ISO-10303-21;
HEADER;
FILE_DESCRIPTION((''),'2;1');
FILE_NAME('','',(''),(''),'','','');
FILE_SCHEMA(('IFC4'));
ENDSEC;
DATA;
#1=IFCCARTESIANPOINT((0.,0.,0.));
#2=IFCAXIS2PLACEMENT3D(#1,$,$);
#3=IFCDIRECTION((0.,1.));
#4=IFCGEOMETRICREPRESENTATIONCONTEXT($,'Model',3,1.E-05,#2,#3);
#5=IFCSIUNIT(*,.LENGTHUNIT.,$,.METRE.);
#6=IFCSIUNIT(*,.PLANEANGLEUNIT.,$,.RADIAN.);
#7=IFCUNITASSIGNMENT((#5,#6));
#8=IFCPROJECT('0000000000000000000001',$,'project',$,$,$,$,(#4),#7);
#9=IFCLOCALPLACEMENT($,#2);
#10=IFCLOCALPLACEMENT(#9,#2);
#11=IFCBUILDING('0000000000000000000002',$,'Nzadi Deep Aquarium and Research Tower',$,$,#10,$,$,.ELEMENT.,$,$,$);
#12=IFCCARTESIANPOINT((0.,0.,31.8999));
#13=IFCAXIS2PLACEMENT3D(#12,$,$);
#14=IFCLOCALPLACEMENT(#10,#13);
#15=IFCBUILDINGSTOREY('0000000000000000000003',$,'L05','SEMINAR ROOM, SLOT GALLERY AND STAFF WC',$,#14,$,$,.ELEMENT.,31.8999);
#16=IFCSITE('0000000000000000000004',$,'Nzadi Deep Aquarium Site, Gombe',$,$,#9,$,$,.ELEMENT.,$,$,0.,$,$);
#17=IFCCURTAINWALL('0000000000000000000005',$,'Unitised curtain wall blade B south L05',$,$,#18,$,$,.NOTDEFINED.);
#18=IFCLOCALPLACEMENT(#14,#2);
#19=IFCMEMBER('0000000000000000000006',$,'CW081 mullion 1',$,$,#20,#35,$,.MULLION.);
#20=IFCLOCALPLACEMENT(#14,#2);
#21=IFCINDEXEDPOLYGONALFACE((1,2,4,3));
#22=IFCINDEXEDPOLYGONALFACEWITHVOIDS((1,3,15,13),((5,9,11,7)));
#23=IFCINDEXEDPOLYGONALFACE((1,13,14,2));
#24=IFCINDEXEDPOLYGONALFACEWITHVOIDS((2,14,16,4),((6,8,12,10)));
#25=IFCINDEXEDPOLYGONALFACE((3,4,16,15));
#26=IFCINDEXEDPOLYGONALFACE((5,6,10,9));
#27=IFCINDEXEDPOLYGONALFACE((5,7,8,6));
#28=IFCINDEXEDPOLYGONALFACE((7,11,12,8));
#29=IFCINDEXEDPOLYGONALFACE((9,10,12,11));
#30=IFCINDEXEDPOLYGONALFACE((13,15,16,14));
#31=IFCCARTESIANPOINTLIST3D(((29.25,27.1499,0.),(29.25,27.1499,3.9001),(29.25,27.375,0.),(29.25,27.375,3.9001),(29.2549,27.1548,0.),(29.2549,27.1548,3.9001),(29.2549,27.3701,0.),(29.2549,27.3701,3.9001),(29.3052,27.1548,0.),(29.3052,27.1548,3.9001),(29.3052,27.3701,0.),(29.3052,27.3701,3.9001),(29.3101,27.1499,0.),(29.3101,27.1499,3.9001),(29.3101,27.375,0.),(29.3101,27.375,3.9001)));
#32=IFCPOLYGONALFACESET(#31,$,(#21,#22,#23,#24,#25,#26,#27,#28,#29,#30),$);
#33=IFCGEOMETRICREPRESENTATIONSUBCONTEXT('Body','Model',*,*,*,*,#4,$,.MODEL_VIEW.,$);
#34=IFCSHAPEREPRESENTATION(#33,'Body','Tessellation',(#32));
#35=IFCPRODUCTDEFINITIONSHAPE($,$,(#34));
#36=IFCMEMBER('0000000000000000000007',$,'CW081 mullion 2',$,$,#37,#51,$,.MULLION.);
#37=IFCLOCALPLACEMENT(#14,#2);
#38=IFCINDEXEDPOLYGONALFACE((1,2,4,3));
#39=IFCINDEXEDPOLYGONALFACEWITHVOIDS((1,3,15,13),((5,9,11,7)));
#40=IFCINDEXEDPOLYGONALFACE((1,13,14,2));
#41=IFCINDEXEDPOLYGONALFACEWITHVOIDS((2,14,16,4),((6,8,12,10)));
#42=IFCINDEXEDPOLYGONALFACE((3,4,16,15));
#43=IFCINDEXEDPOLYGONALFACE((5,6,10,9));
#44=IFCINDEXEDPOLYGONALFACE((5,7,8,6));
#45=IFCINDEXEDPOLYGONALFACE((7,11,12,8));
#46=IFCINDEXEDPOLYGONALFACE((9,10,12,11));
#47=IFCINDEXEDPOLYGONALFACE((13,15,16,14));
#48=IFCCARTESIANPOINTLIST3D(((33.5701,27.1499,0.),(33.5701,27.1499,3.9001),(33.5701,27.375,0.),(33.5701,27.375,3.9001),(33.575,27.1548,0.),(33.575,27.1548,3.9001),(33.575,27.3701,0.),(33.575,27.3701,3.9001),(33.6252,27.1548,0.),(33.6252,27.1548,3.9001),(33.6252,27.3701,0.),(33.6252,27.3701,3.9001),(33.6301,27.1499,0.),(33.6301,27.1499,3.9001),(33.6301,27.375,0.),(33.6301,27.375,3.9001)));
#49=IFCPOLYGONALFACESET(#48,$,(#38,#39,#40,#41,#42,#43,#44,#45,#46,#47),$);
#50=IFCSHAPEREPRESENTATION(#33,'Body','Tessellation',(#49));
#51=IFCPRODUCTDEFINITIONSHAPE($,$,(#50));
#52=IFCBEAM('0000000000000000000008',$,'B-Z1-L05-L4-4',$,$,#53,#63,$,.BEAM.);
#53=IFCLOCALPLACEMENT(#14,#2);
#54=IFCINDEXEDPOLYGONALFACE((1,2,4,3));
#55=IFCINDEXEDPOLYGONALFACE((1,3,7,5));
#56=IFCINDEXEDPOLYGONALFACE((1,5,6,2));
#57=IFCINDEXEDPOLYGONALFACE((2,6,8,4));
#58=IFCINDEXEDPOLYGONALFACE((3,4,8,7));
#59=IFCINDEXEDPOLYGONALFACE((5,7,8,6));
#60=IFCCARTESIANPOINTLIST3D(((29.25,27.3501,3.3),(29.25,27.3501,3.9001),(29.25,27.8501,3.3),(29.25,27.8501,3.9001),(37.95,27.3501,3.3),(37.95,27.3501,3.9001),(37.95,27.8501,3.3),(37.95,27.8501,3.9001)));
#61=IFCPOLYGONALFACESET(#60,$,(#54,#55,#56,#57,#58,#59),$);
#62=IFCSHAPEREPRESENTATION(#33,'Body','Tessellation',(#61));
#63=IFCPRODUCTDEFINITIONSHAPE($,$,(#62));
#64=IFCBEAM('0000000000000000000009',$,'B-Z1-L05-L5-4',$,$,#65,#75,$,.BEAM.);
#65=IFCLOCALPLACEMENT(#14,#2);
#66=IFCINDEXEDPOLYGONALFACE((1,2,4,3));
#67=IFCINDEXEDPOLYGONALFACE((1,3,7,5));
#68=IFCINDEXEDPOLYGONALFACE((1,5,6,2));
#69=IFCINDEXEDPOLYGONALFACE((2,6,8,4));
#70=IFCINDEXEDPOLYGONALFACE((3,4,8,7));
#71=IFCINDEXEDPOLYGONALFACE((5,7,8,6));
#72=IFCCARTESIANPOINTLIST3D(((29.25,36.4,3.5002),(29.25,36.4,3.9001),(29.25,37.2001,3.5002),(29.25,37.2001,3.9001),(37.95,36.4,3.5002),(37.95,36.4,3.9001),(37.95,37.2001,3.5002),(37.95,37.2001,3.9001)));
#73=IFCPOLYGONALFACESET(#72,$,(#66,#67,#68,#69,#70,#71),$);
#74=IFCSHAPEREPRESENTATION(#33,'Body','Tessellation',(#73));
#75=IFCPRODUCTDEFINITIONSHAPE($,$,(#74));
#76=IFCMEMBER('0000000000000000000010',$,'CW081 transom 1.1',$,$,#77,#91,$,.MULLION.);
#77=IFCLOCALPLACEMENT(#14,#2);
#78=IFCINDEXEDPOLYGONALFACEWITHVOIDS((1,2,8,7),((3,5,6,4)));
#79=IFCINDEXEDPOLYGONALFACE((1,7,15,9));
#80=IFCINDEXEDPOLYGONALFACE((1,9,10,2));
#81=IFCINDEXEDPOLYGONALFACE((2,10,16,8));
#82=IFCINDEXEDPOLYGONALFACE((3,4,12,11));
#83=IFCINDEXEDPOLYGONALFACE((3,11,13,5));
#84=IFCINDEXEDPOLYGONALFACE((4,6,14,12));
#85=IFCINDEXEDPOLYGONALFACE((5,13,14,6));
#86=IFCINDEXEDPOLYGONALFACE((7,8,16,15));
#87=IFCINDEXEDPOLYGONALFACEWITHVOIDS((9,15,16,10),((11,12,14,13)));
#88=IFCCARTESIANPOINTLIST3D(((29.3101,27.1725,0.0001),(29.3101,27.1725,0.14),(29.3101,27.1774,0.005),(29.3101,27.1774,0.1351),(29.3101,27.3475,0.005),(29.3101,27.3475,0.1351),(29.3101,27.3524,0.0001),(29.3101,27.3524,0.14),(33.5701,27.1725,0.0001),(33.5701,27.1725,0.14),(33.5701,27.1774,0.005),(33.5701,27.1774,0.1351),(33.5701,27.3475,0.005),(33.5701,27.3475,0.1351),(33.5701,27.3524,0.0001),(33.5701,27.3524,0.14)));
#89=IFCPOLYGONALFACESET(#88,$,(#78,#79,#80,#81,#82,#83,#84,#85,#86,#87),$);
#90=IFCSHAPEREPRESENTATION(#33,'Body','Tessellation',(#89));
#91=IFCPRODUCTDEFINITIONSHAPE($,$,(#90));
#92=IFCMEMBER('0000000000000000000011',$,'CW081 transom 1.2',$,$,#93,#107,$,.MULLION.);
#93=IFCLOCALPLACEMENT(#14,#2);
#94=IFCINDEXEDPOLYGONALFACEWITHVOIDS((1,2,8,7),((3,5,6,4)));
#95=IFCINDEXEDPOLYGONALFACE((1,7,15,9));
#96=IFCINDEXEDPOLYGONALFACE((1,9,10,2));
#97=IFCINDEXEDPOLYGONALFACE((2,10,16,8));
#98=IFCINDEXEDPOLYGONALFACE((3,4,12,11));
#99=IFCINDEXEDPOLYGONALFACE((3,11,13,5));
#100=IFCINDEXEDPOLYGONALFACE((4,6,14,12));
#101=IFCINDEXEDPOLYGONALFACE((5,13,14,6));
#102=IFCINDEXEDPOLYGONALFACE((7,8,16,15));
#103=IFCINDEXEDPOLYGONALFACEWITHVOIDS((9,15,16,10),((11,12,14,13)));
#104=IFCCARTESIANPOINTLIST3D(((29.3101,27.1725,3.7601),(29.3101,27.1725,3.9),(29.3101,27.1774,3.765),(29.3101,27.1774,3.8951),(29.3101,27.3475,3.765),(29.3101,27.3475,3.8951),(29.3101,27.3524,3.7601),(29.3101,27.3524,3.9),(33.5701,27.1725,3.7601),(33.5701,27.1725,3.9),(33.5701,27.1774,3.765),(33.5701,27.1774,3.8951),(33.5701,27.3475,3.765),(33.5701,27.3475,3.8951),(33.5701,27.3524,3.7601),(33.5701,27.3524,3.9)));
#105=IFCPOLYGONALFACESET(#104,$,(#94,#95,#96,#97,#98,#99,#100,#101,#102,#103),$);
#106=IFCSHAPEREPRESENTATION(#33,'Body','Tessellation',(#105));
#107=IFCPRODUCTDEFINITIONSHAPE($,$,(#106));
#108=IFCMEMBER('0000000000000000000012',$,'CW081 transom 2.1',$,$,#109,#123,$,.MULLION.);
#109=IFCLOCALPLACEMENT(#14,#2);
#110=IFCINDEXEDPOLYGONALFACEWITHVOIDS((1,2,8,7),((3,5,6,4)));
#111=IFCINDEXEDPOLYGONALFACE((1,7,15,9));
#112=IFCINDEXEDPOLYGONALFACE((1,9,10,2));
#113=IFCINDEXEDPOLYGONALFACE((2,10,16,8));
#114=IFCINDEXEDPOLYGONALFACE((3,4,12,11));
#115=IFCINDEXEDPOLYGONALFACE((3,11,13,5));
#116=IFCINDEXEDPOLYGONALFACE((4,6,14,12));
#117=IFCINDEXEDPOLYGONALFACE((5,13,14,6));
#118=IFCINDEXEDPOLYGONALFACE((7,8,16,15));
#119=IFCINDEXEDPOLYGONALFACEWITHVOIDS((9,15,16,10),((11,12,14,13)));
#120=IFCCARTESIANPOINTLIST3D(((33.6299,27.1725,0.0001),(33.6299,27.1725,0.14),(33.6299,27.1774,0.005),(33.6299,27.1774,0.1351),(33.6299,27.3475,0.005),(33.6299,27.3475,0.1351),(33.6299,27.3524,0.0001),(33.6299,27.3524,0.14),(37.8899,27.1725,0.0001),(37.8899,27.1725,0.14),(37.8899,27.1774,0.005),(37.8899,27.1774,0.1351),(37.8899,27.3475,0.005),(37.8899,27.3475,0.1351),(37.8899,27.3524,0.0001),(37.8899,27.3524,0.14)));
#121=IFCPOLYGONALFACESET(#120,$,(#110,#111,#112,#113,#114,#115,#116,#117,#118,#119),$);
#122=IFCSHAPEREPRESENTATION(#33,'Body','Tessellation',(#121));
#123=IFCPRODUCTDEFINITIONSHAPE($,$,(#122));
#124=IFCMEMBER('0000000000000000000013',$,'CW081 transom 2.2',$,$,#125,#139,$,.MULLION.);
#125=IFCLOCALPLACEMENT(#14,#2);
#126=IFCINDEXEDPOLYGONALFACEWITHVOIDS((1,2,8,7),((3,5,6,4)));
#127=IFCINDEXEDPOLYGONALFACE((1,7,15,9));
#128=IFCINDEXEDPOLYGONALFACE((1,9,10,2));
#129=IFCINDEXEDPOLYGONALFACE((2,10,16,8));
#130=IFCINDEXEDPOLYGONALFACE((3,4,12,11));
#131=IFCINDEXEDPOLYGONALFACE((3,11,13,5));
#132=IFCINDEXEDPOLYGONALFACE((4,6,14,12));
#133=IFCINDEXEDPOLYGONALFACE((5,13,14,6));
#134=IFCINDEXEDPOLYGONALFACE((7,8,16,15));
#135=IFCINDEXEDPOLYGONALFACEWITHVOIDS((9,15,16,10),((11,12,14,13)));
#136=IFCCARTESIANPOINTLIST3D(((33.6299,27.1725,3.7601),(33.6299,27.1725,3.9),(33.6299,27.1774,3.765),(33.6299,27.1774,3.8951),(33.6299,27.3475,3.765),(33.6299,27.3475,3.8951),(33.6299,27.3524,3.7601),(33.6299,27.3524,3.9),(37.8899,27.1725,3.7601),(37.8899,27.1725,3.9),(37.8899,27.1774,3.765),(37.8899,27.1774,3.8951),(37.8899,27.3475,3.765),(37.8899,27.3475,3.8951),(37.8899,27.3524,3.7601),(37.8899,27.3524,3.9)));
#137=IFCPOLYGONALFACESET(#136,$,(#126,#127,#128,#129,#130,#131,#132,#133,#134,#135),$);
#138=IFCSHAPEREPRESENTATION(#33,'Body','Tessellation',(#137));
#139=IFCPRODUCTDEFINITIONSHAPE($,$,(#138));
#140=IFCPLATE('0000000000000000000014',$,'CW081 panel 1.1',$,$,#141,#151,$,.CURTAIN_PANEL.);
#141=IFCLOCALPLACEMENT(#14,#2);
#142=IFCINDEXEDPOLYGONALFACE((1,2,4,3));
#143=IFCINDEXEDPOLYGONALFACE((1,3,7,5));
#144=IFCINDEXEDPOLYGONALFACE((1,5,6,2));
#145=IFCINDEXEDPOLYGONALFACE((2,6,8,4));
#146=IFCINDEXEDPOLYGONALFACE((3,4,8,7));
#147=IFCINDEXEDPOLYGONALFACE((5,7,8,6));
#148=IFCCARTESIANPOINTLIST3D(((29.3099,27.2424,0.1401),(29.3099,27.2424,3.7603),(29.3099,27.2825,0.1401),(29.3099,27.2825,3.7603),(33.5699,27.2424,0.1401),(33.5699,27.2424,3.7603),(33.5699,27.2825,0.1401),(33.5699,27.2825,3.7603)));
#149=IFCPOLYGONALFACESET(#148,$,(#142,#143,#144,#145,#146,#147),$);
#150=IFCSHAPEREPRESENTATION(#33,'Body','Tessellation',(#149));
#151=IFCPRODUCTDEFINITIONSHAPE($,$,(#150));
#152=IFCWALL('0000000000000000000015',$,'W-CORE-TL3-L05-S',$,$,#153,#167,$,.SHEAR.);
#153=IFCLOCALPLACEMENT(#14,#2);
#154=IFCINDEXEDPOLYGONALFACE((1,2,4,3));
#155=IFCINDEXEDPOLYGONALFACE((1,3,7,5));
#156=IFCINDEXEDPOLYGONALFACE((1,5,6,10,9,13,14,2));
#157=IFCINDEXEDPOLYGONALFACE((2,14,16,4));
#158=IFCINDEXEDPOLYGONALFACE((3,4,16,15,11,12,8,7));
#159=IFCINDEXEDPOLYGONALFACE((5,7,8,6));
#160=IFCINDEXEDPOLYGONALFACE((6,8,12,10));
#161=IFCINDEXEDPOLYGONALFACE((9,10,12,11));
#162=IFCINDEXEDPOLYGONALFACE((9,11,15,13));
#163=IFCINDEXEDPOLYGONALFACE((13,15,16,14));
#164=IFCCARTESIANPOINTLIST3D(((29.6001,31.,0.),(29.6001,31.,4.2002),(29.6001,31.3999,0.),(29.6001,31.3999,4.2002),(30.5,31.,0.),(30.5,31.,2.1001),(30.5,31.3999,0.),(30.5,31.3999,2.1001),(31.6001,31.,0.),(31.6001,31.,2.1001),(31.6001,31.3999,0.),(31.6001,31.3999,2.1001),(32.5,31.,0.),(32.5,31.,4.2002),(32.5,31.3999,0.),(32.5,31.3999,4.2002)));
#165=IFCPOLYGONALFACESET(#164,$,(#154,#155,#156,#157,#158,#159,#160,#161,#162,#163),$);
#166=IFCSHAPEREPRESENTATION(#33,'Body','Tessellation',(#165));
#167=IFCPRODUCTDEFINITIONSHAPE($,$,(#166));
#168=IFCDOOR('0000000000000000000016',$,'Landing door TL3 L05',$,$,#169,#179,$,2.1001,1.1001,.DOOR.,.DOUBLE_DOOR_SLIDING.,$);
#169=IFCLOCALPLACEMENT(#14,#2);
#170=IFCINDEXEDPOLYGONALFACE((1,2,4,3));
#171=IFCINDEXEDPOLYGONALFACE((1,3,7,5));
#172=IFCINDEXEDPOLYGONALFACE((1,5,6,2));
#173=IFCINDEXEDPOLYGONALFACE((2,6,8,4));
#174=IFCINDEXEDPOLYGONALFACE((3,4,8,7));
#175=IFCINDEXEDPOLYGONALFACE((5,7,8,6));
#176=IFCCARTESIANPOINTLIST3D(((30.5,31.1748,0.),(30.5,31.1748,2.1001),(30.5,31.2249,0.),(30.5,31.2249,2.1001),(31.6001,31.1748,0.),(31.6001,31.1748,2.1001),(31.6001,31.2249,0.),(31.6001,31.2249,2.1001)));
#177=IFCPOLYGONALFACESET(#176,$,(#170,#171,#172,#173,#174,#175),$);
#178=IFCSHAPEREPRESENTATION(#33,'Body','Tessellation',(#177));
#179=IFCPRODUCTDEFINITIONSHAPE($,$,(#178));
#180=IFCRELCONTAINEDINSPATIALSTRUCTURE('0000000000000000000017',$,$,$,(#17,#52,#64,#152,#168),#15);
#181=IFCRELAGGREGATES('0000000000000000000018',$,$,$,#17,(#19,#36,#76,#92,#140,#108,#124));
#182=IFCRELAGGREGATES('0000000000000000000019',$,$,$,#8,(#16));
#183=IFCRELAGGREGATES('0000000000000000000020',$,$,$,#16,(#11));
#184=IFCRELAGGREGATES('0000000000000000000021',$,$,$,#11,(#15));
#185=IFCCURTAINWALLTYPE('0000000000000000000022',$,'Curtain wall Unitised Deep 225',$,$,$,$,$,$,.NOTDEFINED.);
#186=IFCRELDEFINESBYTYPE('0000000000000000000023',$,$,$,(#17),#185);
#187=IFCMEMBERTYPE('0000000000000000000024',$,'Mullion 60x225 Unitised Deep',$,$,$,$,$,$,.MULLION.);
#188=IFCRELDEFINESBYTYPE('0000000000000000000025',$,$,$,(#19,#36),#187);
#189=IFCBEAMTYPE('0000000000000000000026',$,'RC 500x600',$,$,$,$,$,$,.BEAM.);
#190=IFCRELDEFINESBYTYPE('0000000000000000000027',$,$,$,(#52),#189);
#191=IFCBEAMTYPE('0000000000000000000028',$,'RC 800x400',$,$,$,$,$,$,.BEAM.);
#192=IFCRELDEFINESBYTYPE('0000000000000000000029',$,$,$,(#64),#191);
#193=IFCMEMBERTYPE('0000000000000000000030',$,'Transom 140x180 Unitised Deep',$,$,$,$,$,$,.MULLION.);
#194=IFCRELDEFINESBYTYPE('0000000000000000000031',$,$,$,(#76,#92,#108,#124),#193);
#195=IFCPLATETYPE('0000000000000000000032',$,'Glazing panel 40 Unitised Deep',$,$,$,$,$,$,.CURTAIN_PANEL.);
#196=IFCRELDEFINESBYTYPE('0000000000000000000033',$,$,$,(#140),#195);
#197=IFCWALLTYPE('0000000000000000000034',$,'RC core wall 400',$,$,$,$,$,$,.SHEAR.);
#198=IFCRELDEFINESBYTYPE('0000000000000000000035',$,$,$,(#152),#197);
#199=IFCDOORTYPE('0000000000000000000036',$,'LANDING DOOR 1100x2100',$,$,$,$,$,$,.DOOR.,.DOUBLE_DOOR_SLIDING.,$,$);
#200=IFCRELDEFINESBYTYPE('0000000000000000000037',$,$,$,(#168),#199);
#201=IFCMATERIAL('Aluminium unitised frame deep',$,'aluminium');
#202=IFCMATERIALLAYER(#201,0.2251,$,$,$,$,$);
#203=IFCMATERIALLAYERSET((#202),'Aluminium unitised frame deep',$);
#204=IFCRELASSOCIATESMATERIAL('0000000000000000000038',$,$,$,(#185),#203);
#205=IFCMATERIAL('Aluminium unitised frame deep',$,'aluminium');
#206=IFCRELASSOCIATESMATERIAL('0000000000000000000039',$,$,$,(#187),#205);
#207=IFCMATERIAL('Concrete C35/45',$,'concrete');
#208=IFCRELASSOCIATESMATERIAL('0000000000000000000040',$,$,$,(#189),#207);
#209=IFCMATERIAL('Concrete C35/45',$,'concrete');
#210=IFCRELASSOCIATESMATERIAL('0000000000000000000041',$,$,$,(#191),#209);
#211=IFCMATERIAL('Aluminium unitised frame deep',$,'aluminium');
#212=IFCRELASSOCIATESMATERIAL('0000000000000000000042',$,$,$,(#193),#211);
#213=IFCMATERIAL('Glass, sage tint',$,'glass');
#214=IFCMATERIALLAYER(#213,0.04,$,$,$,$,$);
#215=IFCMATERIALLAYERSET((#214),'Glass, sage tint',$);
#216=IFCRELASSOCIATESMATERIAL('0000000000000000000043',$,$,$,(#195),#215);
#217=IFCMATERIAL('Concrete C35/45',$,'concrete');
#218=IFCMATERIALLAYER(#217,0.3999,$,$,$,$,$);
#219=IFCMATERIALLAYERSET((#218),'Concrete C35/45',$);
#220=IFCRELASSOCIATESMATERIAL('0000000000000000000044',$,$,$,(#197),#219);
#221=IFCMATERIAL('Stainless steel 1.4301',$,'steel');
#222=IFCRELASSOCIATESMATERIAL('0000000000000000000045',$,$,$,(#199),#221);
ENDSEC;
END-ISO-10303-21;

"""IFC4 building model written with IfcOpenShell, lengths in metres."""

from ifc_helpers import new_model, si_unit, direction, frame, frame_2d, origin, origin_2d, place, context, subcontext, project, spatial, rectangle, hollow_rectangle, extrude, material, layer, layer_set, material_profile, profile_set, type_object, element, fill, aggregate, save


model = new_model("IFC4")

# Units and contexts
model_context = context("Model", 3, precision=1e-05, world=origin(), true_north=direction((0.0, 1.0)))
body_context = subcontext(model_context, "Body", "Model", "MODEL_VIEW")
ifc_project = project(units=[si_unit("LENGTHUNIT", "METRE"), si_unit("PLANEANGLEUNIT", "RADIAN")], contexts=[model_context])

# Site, building, storey
site_placement = place(None, origin())
site = spatial("IfcSite", under=ifc_project, at=site_placement, Name="Nzadi Deep Aquarium Site, Gombe", CompositionType="ELEMENT", RefElevation=0.0)
building_placement = place(site_placement, origin())
building = spatial("IfcBuilding", under=site, at=building_placement, Name="Nzadi Deep Aquarium and Research Tower", CompositionType="ELEMENT")
storey_placement = place(building_placement, frame((0.0, 0.0, 31.8999)))
storey = spatial("IfcBuildingStorey", under=building, at=storey_placement, Name="L05", Description="SEMINAR ROOM, SLOT GALLERY AND STAFF WC", CompositionType="ELEMENT", Elevation=31.8999)

# Curtain wall, members
ifc_material_1 = material(Name="Aluminium unitised frame deep", Category="aluminium")
ifc_layer_1 = layer(ifc_material_1, 0.2251)
ifc_layer_set_1 = layer_set([ifc_layer_1], Name="Aluminium unitised frame deep")
curtain_wall_type = type_object("IfcCurtainWallType", Name="Curtain wall Unitised Deep 225", PredefinedType="NOTDEFINED", material=ifc_layer_set_1)
curtain_wall_placement = place(storey_placement, origin())
curtain_wall = element("IfcCurtainWall", 1, at=curtain_wall_placement, inside=storey, type_object=curtain_wall_type, Name="Unitised curtain wall blade B south L05", PredefinedType="NOTDEFINED")
ifc_material_2 = material(Name="Aluminium unitised frame deep", Category="aluminium")
ifc_material_profile_1 = material_profile(ifc_material_2, hollow_rectangle(XDim=0.2251, YDim=0.0601, WallThickness=0.0049, at=origin_2d()))
ifc_profile_set_1 = profile_set([ifc_material_profile_1], Name="Aluminium unitised frame deep")
member_type_1 = type_object("IfcMemberType", Name="Mullion 60x225 Unitised Deep", PredefinedType="MULLION", material=ifc_profile_set_1)
member_1_placement = place(storey_placement, frame((29.28, 27.2625, 0.0), z_axis=(0.0, 0.0, 1.0), x_axis=(0.0, 1.0, 0.0)))
member_1 = element("IfcMember", 2, at=member_1_placement, type_object=member_type_1, Name="CW081 mullion 1", PredefinedType="MULLION", context=body_context, shape_type="SweptSolid", body=[
    extrude(hollow_rectangle(XDim=0.2251, YDim=0.0601, WallThickness=0.0049, at=origin_2d()), origin(), (0.0, 0.0, 1.0), 3.9001),
])
member_2_placement = place(storey_placement, frame((33.6001, 27.2625, 0.0), z_axis=(0.0, 0.0, 1.0), x_axis=(0.0, 1.0, 0.0)))
member_2 = element("IfcMember", 3, at=member_2_placement, type_object=member_type_1, Name="CW081 mullion 2", PredefinedType="MULLION", context=body_context, shape_type="SweptSolid", body=[
    extrude(hollow_rectangle(XDim=0.2251, YDim=0.0601, WallThickness=0.0049, at=origin_2d()), origin(), (0.0, 0.0, 1.0), 3.9001),
])

# Beams
ifc_material_3 = material(Name="Concrete C35/45", Category="concrete")
ifc_material_profile_2 = material_profile(ifc_material_3, rectangle(XDim=0.5, YDim=0.6001, at=origin_2d()))
ifc_profile_set_2 = profile_set([ifc_material_profile_2], Name="Concrete C35/45")
beam_type_1 = type_object("IfcBeamType", Name="RC 500x600", PredefinedType="BEAM", material=ifc_profile_set_2)
beam_1_placement = place(storey_placement, frame((29.25, 27.6001, 3.6001), z_axis=(1.0, 0.0, 0.0), x_axis=(0.0, 1.0, 0.0)))
element("IfcBeam", 4, at=beam_1_placement, inside=storey, type_object=beam_type_1, Name="B-Z1-L05-L4-4", PredefinedType="BEAM", context=body_context, shape_type="SweptSolid", body=[
    extrude(rectangle(XDim=0.5, YDim=0.6001, at=origin_2d()), origin(), (0.0, 0.0, 1.0), 8.7),
])
ifc_material_4 = material(Name="Concrete C35/45", Category="concrete")
ifc_material_profile_3 = material_profile(ifc_material_4, rectangle(XDim=0.8, YDim=0.3999, at=origin_2d()))
ifc_profile_set_3 = profile_set([ifc_material_profile_3], Name="Concrete C35/45")
beam_type_2 = type_object("IfcBeamType", Name="RC 800x400", PredefinedType="BEAM", material=ifc_profile_set_3)
beam_2_placement = place(storey_placement, frame((29.25, 36.8, 3.7002), z_axis=(1.0, 0.0, 0.0), x_axis=(0.0, 1.0, 0.0)))
element("IfcBeam", 5, at=beam_2_placement, inside=storey, type_object=beam_type_2, Name="B-Z1-L05-L5-4", PredefinedType="BEAM", context=body_context, shape_type="SweptSolid", body=[
    extrude(rectangle(XDim=0.8, YDim=0.3999, at=origin_2d()), origin(), (0.0, 0.0, 1.0), 8.7),
])

# Members
ifc_material_5 = material(Name="Aluminium unitised frame deep", Category="aluminium")
ifc_material_profile_4 = material_profile(ifc_material_5, hollow_rectangle(XDim=0.1799, YDim=0.1399, WallThickness=0.0049, at=origin_2d()))
ifc_profile_set_4 = profile_set([ifc_material_profile_4], Name="Aluminium unitised frame deep")
member_type_2 = type_object("IfcMemberType", Name="Transom 140x180 Unitised Deep", PredefinedType="MULLION", material=ifc_profile_set_4)
member_3_placement = place(storey_placement, frame((29.3101, 27.2625, 0.0701), z_axis=(1.0, 0.0, 0.0), x_axis=(0.0, 1.0, 0.0)))
member_3 = element("IfcMember", 6, at=member_3_placement, type_object=member_type_2, Name="CW081 transom 1.1", PredefinedType="MULLION", context=body_context, shape_type="SweptSolid", body=[
    extrude(hollow_rectangle(XDim=0.1799, YDim=0.1399, WallThickness=0.0049, at=origin_2d()), origin(), (0.0, 0.0, 1.0), 4.26),
])
member_4_placement = place(storey_placement, frame((29.3101, 27.2625, 3.8301), z_axis=(1.0, 0.0, 0.0), x_axis=(0.0, 1.0, 0.0)))
member_4 = element("IfcMember", 7, at=member_4_placement, type_object=member_type_2, Name="CW081 transom 1.2", PredefinedType="MULLION", context=body_context, shape_type="SweptSolid", body=[
    extrude(hollow_rectangle(XDim=0.1799, YDim=0.1399, WallThickness=0.0049, at=origin_2d()), origin(), (0.0, 0.0, 1.0), 4.26),
])
member_5_placement = place(storey_placement, frame((33.6299, 27.2625, 0.0701), z_axis=(1.0, 0.0, 0.0), x_axis=(0.0, 1.0, 0.0)))
member_5 = element("IfcMember", 8, at=member_5_placement, type_object=member_type_2, Name="CW081 transom 2.1", PredefinedType="MULLION", context=body_context, shape_type="SweptSolid", body=[
    extrude(hollow_rectangle(XDim=0.1799, YDim=0.1399, WallThickness=0.0049, at=origin_2d()), origin(), (0.0, 0.0, 1.0), 4.26),
])
member_6_placement = place(storey_placement, frame((33.6299, 27.2625, 3.8301), z_axis=(1.0, 0.0, 0.0), x_axis=(0.0, 1.0, 0.0)))
member_6 = element("IfcMember", 9, at=member_6_placement, type_object=member_type_2, Name="CW081 transom 2.2", PredefinedType="MULLION", context=body_context, shape_type="SweptSolid", body=[
    extrude(hollow_rectangle(XDim=0.1799, YDim=0.1399, WallThickness=0.0049, at=origin_2d()), origin(), (0.0, 0.0, 1.0), 4.26),
])

# Plate
ifc_material_6 = material(Name="Glass, sage tint", Category="glass")
ifc_layer_2 = layer(ifc_material_6, 0.04)
ifc_layer_set_2 = layer_set([ifc_layer_2], Name="Glass, sage tint")
plate_type = type_object("IfcPlateType", Name="Glazing panel 40 Unitised Deep", PredefinedType="CURTAIN_PANEL", material=ifc_layer_set_2)
plate_placement = place(storey_placement, frame((31.4399, 27.2625, 0.1401), z_axis=(0.0, 0.0, 1.0), x_axis=(1.0, 0.0, 0.0)))
plate = element("IfcPlate", 10, at=plate_placement, type_object=plate_type, Name="CW081 panel 1.1", PredefinedType="CURTAIN_PANEL", context=body_context, shape_type="SweptSolid", body=[
    extrude(rectangle(XDim=4.26, YDim=0.04, at=origin_2d()), origin(), (0.0, 0.0, 1.0), 3.6201),
])
aggregate(curtain_wall, [member_1, member_2, member_3, member_4, plate, member_5, member_6])

# Wall, opening, door
ifc_material_7 = material(Name="Concrete C35/45", Category="concrete")
ifc_layer_3 = layer(ifc_material_7, 0.3999)
ifc_layer_set_3 = layer_set([ifc_layer_3], Name="Concrete C35/45")
wall_type = type_object("IfcWallType", Name="RC core wall 400", PredefinedType="SHEAR", material=ifc_layer_set_3)
wall_1_placement = place(storey_placement, frame((29.6001, 31.2, 0.0), z_axis=(0.0, 0.0, 1.0), x_axis=(1.0, 0.0, 0.0)))
wall_1 = element("IfcWall", 11, at=wall_1_placement, inside=storey, type_object=wall_type, Name="W-CORE-TL3-L05-S", PredefinedType="SHEAR", context=body_context, shape_type="SweptSolid", body=[
    extrude(rectangle(XDim=2.8999, YDim=0.3999, at=frame_2d((1.45, 0.0))), origin(), (0.0, 0.0, 1.0), 4.2002),
])
opening_1_placement = place(wall_1_placement, frame((0.8999, 0.0, 0.0)))
opening_1 = element("IfcOpeningElement", 12, at=opening_1_placement, cuts=wall_1, PredefinedType="OPENING", context=body_context, shape_type="SweptSolid", body=[
    extrude(rectangle(XDim=1.1001, YDim=2.1001, at=frame_2d((0.55, 1.05))), frame((0.0, 0.21, 0.0), z_axis=(0.0, -1.0, 0.0), x_axis=(1.0, 0.0, 0.0)), (0.0, 0.0, 1.0), 0.4199),
])
ifc_material_8 = material(Name="Stainless steel 1.4301", Category="steel")
door_type = type_object("IfcDoorType", Name="LANDING DOOR 1100x2100", OperationType="DOUBLE_DOOR_SLIDING", PredefinedType="DOOR", material=ifc_material_8)
door_1_placement = place(opening_1_placement, origin())
door_1 = element("IfcDoor", 13, at=door_1_placement, inside=storey, type_object=door_type, Name="Landing door TL3 L05", OperationType="DOUBLE_DOOR_SLIDING", OverallHeight=2.1001, OverallWidth=1.1001, PredefinedType="DOOR", context=body_context, shape_type="SweptSolid", body=[
    extrude(rectangle(XDim=1.1001, YDim=2.1001, at=frame_2d((0.55, 1.05))), frame((0.0, 0.0249, 0.0), z_axis=(0.0, -1.0, 0.0), x_axis=(1.0, 0.0, 0.0)), (0.0, 0.0, 1.0), 0.05),
])
fill(opening_1, door_1)

save(model, "model.ifc")
